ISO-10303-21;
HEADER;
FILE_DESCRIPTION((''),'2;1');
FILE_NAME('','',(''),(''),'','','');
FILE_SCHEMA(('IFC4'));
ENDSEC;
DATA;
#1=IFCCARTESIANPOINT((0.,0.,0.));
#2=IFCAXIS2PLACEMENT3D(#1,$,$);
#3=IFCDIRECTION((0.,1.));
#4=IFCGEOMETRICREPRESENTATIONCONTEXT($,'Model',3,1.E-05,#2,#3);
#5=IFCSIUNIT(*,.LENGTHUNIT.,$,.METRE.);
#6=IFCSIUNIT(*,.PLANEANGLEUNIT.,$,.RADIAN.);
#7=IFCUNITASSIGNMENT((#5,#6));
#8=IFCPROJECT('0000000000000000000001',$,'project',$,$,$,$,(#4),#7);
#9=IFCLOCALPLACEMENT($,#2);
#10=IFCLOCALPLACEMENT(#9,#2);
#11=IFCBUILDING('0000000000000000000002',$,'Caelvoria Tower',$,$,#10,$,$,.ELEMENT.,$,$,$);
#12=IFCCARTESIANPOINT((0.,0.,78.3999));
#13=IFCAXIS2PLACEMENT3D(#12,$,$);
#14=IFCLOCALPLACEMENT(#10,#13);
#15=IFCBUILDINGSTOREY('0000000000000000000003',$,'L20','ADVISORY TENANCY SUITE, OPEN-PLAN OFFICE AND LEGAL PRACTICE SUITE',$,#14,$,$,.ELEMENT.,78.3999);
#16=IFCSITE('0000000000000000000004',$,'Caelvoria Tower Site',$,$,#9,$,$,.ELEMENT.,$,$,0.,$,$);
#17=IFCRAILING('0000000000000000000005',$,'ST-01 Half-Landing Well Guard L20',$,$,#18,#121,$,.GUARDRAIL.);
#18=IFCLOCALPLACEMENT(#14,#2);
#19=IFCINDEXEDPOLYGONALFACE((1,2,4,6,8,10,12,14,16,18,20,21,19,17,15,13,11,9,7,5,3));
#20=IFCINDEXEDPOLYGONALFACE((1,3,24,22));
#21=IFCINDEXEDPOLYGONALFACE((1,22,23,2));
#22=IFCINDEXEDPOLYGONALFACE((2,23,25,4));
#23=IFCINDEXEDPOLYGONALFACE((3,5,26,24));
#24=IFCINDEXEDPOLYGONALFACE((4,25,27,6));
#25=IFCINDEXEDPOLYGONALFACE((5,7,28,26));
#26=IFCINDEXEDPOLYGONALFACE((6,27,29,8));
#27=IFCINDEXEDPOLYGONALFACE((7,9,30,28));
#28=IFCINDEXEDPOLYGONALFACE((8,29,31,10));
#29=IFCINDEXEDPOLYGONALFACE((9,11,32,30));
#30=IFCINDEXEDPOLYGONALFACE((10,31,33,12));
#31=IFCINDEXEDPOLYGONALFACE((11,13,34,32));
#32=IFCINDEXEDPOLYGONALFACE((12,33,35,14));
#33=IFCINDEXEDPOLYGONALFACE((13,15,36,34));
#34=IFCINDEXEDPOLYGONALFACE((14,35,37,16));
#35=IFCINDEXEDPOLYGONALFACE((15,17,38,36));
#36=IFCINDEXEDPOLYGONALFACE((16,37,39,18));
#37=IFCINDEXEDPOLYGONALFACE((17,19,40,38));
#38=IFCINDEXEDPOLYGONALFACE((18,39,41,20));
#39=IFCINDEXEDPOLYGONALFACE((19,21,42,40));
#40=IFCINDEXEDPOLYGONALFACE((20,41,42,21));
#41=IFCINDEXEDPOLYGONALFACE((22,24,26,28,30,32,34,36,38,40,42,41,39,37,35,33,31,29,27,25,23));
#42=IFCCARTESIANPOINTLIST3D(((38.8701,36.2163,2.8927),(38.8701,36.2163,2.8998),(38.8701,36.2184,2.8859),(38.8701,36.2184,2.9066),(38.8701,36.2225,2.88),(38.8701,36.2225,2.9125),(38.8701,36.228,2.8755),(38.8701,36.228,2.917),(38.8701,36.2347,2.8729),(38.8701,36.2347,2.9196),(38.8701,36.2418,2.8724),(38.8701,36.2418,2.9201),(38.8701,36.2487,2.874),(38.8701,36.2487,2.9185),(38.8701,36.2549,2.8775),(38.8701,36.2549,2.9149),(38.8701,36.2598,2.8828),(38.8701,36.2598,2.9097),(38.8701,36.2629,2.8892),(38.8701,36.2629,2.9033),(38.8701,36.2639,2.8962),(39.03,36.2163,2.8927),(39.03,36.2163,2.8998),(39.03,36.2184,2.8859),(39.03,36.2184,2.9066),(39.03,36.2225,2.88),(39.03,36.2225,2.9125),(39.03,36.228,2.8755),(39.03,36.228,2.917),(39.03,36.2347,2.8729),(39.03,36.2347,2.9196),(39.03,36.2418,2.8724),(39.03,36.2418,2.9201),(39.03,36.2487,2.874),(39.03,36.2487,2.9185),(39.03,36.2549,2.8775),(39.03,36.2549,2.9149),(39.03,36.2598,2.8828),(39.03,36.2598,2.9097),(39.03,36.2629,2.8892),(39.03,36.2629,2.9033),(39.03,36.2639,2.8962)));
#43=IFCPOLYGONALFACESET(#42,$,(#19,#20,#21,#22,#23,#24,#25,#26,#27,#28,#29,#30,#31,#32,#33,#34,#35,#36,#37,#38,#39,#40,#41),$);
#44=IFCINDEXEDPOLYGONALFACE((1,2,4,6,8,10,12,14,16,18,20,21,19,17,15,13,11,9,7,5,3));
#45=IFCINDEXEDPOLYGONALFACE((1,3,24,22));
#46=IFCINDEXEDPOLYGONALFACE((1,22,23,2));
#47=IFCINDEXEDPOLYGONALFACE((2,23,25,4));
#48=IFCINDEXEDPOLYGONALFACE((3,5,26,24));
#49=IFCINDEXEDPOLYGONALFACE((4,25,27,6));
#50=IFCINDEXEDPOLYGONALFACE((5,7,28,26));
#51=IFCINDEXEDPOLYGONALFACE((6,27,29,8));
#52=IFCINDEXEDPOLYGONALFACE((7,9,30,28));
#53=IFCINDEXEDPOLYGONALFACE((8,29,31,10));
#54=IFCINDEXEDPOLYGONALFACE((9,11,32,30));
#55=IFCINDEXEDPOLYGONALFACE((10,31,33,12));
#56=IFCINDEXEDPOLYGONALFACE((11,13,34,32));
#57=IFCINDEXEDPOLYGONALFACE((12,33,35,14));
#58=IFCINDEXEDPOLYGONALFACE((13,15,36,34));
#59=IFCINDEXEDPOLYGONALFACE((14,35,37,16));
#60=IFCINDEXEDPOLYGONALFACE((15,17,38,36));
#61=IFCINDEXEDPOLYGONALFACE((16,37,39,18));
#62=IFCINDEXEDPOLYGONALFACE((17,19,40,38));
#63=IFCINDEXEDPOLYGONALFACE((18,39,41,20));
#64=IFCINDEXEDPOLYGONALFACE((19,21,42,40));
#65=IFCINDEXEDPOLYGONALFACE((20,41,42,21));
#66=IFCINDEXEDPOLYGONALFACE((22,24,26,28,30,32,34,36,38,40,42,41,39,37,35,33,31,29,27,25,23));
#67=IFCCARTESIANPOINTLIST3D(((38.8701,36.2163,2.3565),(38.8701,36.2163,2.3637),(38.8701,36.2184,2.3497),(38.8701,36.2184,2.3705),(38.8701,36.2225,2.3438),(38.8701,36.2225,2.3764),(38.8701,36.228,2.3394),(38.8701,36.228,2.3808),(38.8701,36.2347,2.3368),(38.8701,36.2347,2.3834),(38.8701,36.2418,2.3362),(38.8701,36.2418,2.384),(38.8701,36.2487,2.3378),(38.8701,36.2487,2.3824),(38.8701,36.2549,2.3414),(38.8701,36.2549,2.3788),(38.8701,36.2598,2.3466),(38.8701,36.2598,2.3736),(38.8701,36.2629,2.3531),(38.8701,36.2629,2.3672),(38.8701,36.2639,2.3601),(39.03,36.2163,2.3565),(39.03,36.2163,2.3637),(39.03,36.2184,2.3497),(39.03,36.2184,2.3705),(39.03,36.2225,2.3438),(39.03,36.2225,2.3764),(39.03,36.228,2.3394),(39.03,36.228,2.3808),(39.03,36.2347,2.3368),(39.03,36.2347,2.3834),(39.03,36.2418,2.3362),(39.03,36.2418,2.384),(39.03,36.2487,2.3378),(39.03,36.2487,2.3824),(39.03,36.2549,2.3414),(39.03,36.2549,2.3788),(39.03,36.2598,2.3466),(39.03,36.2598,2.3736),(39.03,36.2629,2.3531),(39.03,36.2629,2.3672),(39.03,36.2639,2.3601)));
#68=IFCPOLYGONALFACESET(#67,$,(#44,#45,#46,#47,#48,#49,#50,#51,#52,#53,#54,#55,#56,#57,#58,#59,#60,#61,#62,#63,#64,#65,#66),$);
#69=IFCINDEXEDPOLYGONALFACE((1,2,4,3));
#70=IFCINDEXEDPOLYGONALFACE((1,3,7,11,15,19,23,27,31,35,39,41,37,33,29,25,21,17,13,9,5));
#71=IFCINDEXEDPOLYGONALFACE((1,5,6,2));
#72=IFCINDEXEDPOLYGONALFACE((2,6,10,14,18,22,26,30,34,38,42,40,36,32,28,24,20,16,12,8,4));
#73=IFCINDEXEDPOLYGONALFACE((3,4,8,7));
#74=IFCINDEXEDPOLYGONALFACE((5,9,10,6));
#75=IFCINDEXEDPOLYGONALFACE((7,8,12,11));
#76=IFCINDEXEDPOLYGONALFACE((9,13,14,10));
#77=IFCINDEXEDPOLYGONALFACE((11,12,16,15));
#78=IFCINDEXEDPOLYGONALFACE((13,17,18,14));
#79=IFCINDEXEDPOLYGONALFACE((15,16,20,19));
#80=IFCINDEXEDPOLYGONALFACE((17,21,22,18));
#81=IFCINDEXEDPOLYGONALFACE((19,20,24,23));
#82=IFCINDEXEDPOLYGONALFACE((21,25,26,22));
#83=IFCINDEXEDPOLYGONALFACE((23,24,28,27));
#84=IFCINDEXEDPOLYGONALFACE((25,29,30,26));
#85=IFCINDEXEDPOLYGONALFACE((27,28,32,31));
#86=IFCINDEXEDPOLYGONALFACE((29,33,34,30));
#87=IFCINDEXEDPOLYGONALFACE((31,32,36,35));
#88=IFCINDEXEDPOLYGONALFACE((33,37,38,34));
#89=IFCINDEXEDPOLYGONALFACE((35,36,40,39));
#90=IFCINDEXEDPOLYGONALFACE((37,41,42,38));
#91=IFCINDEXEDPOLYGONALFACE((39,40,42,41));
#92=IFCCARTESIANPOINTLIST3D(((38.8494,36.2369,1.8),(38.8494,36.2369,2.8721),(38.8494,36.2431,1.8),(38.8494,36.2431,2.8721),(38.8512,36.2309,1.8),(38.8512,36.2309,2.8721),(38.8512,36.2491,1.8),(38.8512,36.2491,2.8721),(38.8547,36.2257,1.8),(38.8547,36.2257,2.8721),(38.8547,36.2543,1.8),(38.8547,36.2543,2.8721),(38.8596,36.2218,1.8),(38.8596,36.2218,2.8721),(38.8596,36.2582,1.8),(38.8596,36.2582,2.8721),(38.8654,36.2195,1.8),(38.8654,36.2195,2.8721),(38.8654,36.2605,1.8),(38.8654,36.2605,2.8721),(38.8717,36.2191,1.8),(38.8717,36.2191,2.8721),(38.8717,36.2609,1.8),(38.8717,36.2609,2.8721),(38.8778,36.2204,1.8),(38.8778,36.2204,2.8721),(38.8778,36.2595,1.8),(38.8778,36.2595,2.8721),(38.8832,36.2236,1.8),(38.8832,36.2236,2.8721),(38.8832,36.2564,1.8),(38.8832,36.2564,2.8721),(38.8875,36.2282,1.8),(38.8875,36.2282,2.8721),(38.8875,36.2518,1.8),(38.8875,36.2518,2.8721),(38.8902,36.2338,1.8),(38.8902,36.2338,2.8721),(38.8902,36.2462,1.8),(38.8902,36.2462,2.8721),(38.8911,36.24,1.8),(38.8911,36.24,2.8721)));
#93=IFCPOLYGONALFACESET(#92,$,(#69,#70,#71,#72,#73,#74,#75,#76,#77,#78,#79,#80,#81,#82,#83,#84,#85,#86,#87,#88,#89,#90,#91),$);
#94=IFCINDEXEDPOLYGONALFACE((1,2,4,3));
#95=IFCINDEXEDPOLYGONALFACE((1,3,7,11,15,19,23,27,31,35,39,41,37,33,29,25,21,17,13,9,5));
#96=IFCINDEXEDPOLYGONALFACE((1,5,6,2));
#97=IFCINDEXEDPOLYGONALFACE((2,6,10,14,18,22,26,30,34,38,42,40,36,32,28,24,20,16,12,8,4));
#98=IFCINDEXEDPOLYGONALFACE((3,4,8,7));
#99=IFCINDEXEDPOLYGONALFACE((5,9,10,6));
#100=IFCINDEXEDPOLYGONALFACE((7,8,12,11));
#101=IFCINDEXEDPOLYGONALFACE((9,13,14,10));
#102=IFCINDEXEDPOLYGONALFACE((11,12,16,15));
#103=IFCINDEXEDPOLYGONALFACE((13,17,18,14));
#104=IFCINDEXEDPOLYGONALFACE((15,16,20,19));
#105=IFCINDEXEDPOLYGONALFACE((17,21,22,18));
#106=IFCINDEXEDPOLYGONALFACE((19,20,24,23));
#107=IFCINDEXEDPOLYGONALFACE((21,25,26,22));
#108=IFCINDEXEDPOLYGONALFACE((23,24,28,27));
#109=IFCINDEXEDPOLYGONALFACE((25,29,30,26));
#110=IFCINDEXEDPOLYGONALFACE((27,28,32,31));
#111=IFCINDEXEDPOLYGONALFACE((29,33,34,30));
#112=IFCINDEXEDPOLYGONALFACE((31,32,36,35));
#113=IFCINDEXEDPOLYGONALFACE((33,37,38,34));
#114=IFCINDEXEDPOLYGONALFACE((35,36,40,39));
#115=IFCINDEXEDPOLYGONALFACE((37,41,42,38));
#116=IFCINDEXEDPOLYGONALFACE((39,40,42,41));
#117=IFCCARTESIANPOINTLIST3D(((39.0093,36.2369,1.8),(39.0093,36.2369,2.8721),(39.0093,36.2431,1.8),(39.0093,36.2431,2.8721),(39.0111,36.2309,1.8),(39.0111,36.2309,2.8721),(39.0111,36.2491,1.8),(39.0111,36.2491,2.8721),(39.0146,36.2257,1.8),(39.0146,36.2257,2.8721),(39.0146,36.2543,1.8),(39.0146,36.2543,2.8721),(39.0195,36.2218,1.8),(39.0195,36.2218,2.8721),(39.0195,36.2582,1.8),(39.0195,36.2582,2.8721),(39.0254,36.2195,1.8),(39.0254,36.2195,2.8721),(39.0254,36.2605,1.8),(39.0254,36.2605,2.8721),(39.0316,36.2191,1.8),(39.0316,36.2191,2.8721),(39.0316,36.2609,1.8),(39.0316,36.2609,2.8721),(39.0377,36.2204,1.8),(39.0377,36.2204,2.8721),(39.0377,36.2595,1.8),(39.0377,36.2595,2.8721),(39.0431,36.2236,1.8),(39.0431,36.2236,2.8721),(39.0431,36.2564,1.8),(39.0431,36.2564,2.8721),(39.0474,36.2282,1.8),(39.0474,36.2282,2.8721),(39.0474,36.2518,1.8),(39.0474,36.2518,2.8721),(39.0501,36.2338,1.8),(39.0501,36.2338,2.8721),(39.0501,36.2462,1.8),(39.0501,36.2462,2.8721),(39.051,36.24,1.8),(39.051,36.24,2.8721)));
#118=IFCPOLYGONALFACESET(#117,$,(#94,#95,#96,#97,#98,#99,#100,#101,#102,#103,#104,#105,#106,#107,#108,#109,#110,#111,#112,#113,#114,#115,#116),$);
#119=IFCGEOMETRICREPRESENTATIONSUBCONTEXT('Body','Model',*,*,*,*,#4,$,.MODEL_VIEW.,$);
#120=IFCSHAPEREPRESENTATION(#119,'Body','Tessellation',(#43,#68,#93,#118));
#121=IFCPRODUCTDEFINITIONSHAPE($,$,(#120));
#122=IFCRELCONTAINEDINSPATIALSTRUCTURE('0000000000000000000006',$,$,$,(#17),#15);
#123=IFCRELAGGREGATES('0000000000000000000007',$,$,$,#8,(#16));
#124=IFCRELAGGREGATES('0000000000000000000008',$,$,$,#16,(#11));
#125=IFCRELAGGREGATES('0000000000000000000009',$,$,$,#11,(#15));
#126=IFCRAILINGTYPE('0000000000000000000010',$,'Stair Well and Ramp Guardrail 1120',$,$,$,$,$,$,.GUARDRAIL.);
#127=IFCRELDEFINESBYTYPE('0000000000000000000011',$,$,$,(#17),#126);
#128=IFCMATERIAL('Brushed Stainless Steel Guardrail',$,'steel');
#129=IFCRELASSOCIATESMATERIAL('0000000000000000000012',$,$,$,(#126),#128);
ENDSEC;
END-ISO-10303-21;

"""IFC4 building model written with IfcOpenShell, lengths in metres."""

from ifc_helpers import new_model, si_unit, direction, frame, origin, origin_2d, place, context, subcontext, project, spatial, circle, extrude, material, type_object, element, save


model = new_model("IFC4")

# Units and contexts
model_context = context("Model", 3, precision=1e-05, world=origin(), true_north=direction((0.0, 1.0)))
body_context = subcontext(model_context, "Body", "Model", "MODEL_VIEW")
ifc_project = project(units=[si_unit("LENGTHUNIT", "METRE"), si_unit("PLANEANGLEUNIT", "RADIAN")], contexts=[model_context])

# Site, building, storey
site_placement = place(None, origin())
site = spatial("IfcSite", under=ifc_project, at=site_placement, Name="Caelvoria Tower Site", CompositionType="ELEMENT", RefElevation=0.0)
building_placement = place(site_placement, origin())
building = spatial("IfcBuilding", under=site, at=building_placement, Name="Caelvoria Tower", CompositionType="ELEMENT")
storey_placement = place(building_placement, frame((0.0, 0.0, 78.3999)))
storey = spatial("IfcBuildingStorey", under=building, at=storey_placement, Name="L20", Description="ADVISORY TENANCY SUITE, OPEN-PLAN OFFICE AND LEGAL PRACTICE SUITE", CompositionType="ELEMENT", Elevation=78.3999)

# Railing
ifc_material_1 = material(Name="Brushed Stainless Steel Guardrail", Category="steel")
railing_type_1 = type_object("IfcRailingType", Name="Stair Well and Ramp Guardrail 1120", PredefinedType="GUARDRAIL", material=ifc_material_1)
railing_1_placement = place(storey_placement, frame((38.8701, 36.24, 1.8)))
element("IfcRailing", 1, at=railing_1_placement, inside=storey, type_object=railing_type_1, Name="ST-01 Half-Landing Well Guard L20", PredefinedType="GUARDRAIL", context=body_context, shape_type="SweptSolid", body=[
    extrude(circle(Radius=0.0239, at=origin_2d()), frame((0.0, 0.0, 1.0962), z_axis=(1.0, 0.0, 0.0), x_axis=(0.0, 1.0, 0.0)), (0.0, 0.0, 1.0), 0.1599),
    extrude(circle(Radius=0.0239, at=origin_2d()), frame((0.0, 0.0, 0.5601), z_axis=(1.0, 0.0, 0.0), x_axis=(0.0, 1.0, 0.0)), (0.0, 0.0, 1.0), 0.1599),
    extrude(circle(Radius=0.021, at=origin_2d()), origin(), (0.0, 0.0, 1.0), 1.072),
    extrude(circle(Radius=0.021, at=origin_2d()), frame((0.1599, 0.0, 0.0)), (0.0, 0.0, 1.0), 1.072),
])

save(model, "model.ifc")
